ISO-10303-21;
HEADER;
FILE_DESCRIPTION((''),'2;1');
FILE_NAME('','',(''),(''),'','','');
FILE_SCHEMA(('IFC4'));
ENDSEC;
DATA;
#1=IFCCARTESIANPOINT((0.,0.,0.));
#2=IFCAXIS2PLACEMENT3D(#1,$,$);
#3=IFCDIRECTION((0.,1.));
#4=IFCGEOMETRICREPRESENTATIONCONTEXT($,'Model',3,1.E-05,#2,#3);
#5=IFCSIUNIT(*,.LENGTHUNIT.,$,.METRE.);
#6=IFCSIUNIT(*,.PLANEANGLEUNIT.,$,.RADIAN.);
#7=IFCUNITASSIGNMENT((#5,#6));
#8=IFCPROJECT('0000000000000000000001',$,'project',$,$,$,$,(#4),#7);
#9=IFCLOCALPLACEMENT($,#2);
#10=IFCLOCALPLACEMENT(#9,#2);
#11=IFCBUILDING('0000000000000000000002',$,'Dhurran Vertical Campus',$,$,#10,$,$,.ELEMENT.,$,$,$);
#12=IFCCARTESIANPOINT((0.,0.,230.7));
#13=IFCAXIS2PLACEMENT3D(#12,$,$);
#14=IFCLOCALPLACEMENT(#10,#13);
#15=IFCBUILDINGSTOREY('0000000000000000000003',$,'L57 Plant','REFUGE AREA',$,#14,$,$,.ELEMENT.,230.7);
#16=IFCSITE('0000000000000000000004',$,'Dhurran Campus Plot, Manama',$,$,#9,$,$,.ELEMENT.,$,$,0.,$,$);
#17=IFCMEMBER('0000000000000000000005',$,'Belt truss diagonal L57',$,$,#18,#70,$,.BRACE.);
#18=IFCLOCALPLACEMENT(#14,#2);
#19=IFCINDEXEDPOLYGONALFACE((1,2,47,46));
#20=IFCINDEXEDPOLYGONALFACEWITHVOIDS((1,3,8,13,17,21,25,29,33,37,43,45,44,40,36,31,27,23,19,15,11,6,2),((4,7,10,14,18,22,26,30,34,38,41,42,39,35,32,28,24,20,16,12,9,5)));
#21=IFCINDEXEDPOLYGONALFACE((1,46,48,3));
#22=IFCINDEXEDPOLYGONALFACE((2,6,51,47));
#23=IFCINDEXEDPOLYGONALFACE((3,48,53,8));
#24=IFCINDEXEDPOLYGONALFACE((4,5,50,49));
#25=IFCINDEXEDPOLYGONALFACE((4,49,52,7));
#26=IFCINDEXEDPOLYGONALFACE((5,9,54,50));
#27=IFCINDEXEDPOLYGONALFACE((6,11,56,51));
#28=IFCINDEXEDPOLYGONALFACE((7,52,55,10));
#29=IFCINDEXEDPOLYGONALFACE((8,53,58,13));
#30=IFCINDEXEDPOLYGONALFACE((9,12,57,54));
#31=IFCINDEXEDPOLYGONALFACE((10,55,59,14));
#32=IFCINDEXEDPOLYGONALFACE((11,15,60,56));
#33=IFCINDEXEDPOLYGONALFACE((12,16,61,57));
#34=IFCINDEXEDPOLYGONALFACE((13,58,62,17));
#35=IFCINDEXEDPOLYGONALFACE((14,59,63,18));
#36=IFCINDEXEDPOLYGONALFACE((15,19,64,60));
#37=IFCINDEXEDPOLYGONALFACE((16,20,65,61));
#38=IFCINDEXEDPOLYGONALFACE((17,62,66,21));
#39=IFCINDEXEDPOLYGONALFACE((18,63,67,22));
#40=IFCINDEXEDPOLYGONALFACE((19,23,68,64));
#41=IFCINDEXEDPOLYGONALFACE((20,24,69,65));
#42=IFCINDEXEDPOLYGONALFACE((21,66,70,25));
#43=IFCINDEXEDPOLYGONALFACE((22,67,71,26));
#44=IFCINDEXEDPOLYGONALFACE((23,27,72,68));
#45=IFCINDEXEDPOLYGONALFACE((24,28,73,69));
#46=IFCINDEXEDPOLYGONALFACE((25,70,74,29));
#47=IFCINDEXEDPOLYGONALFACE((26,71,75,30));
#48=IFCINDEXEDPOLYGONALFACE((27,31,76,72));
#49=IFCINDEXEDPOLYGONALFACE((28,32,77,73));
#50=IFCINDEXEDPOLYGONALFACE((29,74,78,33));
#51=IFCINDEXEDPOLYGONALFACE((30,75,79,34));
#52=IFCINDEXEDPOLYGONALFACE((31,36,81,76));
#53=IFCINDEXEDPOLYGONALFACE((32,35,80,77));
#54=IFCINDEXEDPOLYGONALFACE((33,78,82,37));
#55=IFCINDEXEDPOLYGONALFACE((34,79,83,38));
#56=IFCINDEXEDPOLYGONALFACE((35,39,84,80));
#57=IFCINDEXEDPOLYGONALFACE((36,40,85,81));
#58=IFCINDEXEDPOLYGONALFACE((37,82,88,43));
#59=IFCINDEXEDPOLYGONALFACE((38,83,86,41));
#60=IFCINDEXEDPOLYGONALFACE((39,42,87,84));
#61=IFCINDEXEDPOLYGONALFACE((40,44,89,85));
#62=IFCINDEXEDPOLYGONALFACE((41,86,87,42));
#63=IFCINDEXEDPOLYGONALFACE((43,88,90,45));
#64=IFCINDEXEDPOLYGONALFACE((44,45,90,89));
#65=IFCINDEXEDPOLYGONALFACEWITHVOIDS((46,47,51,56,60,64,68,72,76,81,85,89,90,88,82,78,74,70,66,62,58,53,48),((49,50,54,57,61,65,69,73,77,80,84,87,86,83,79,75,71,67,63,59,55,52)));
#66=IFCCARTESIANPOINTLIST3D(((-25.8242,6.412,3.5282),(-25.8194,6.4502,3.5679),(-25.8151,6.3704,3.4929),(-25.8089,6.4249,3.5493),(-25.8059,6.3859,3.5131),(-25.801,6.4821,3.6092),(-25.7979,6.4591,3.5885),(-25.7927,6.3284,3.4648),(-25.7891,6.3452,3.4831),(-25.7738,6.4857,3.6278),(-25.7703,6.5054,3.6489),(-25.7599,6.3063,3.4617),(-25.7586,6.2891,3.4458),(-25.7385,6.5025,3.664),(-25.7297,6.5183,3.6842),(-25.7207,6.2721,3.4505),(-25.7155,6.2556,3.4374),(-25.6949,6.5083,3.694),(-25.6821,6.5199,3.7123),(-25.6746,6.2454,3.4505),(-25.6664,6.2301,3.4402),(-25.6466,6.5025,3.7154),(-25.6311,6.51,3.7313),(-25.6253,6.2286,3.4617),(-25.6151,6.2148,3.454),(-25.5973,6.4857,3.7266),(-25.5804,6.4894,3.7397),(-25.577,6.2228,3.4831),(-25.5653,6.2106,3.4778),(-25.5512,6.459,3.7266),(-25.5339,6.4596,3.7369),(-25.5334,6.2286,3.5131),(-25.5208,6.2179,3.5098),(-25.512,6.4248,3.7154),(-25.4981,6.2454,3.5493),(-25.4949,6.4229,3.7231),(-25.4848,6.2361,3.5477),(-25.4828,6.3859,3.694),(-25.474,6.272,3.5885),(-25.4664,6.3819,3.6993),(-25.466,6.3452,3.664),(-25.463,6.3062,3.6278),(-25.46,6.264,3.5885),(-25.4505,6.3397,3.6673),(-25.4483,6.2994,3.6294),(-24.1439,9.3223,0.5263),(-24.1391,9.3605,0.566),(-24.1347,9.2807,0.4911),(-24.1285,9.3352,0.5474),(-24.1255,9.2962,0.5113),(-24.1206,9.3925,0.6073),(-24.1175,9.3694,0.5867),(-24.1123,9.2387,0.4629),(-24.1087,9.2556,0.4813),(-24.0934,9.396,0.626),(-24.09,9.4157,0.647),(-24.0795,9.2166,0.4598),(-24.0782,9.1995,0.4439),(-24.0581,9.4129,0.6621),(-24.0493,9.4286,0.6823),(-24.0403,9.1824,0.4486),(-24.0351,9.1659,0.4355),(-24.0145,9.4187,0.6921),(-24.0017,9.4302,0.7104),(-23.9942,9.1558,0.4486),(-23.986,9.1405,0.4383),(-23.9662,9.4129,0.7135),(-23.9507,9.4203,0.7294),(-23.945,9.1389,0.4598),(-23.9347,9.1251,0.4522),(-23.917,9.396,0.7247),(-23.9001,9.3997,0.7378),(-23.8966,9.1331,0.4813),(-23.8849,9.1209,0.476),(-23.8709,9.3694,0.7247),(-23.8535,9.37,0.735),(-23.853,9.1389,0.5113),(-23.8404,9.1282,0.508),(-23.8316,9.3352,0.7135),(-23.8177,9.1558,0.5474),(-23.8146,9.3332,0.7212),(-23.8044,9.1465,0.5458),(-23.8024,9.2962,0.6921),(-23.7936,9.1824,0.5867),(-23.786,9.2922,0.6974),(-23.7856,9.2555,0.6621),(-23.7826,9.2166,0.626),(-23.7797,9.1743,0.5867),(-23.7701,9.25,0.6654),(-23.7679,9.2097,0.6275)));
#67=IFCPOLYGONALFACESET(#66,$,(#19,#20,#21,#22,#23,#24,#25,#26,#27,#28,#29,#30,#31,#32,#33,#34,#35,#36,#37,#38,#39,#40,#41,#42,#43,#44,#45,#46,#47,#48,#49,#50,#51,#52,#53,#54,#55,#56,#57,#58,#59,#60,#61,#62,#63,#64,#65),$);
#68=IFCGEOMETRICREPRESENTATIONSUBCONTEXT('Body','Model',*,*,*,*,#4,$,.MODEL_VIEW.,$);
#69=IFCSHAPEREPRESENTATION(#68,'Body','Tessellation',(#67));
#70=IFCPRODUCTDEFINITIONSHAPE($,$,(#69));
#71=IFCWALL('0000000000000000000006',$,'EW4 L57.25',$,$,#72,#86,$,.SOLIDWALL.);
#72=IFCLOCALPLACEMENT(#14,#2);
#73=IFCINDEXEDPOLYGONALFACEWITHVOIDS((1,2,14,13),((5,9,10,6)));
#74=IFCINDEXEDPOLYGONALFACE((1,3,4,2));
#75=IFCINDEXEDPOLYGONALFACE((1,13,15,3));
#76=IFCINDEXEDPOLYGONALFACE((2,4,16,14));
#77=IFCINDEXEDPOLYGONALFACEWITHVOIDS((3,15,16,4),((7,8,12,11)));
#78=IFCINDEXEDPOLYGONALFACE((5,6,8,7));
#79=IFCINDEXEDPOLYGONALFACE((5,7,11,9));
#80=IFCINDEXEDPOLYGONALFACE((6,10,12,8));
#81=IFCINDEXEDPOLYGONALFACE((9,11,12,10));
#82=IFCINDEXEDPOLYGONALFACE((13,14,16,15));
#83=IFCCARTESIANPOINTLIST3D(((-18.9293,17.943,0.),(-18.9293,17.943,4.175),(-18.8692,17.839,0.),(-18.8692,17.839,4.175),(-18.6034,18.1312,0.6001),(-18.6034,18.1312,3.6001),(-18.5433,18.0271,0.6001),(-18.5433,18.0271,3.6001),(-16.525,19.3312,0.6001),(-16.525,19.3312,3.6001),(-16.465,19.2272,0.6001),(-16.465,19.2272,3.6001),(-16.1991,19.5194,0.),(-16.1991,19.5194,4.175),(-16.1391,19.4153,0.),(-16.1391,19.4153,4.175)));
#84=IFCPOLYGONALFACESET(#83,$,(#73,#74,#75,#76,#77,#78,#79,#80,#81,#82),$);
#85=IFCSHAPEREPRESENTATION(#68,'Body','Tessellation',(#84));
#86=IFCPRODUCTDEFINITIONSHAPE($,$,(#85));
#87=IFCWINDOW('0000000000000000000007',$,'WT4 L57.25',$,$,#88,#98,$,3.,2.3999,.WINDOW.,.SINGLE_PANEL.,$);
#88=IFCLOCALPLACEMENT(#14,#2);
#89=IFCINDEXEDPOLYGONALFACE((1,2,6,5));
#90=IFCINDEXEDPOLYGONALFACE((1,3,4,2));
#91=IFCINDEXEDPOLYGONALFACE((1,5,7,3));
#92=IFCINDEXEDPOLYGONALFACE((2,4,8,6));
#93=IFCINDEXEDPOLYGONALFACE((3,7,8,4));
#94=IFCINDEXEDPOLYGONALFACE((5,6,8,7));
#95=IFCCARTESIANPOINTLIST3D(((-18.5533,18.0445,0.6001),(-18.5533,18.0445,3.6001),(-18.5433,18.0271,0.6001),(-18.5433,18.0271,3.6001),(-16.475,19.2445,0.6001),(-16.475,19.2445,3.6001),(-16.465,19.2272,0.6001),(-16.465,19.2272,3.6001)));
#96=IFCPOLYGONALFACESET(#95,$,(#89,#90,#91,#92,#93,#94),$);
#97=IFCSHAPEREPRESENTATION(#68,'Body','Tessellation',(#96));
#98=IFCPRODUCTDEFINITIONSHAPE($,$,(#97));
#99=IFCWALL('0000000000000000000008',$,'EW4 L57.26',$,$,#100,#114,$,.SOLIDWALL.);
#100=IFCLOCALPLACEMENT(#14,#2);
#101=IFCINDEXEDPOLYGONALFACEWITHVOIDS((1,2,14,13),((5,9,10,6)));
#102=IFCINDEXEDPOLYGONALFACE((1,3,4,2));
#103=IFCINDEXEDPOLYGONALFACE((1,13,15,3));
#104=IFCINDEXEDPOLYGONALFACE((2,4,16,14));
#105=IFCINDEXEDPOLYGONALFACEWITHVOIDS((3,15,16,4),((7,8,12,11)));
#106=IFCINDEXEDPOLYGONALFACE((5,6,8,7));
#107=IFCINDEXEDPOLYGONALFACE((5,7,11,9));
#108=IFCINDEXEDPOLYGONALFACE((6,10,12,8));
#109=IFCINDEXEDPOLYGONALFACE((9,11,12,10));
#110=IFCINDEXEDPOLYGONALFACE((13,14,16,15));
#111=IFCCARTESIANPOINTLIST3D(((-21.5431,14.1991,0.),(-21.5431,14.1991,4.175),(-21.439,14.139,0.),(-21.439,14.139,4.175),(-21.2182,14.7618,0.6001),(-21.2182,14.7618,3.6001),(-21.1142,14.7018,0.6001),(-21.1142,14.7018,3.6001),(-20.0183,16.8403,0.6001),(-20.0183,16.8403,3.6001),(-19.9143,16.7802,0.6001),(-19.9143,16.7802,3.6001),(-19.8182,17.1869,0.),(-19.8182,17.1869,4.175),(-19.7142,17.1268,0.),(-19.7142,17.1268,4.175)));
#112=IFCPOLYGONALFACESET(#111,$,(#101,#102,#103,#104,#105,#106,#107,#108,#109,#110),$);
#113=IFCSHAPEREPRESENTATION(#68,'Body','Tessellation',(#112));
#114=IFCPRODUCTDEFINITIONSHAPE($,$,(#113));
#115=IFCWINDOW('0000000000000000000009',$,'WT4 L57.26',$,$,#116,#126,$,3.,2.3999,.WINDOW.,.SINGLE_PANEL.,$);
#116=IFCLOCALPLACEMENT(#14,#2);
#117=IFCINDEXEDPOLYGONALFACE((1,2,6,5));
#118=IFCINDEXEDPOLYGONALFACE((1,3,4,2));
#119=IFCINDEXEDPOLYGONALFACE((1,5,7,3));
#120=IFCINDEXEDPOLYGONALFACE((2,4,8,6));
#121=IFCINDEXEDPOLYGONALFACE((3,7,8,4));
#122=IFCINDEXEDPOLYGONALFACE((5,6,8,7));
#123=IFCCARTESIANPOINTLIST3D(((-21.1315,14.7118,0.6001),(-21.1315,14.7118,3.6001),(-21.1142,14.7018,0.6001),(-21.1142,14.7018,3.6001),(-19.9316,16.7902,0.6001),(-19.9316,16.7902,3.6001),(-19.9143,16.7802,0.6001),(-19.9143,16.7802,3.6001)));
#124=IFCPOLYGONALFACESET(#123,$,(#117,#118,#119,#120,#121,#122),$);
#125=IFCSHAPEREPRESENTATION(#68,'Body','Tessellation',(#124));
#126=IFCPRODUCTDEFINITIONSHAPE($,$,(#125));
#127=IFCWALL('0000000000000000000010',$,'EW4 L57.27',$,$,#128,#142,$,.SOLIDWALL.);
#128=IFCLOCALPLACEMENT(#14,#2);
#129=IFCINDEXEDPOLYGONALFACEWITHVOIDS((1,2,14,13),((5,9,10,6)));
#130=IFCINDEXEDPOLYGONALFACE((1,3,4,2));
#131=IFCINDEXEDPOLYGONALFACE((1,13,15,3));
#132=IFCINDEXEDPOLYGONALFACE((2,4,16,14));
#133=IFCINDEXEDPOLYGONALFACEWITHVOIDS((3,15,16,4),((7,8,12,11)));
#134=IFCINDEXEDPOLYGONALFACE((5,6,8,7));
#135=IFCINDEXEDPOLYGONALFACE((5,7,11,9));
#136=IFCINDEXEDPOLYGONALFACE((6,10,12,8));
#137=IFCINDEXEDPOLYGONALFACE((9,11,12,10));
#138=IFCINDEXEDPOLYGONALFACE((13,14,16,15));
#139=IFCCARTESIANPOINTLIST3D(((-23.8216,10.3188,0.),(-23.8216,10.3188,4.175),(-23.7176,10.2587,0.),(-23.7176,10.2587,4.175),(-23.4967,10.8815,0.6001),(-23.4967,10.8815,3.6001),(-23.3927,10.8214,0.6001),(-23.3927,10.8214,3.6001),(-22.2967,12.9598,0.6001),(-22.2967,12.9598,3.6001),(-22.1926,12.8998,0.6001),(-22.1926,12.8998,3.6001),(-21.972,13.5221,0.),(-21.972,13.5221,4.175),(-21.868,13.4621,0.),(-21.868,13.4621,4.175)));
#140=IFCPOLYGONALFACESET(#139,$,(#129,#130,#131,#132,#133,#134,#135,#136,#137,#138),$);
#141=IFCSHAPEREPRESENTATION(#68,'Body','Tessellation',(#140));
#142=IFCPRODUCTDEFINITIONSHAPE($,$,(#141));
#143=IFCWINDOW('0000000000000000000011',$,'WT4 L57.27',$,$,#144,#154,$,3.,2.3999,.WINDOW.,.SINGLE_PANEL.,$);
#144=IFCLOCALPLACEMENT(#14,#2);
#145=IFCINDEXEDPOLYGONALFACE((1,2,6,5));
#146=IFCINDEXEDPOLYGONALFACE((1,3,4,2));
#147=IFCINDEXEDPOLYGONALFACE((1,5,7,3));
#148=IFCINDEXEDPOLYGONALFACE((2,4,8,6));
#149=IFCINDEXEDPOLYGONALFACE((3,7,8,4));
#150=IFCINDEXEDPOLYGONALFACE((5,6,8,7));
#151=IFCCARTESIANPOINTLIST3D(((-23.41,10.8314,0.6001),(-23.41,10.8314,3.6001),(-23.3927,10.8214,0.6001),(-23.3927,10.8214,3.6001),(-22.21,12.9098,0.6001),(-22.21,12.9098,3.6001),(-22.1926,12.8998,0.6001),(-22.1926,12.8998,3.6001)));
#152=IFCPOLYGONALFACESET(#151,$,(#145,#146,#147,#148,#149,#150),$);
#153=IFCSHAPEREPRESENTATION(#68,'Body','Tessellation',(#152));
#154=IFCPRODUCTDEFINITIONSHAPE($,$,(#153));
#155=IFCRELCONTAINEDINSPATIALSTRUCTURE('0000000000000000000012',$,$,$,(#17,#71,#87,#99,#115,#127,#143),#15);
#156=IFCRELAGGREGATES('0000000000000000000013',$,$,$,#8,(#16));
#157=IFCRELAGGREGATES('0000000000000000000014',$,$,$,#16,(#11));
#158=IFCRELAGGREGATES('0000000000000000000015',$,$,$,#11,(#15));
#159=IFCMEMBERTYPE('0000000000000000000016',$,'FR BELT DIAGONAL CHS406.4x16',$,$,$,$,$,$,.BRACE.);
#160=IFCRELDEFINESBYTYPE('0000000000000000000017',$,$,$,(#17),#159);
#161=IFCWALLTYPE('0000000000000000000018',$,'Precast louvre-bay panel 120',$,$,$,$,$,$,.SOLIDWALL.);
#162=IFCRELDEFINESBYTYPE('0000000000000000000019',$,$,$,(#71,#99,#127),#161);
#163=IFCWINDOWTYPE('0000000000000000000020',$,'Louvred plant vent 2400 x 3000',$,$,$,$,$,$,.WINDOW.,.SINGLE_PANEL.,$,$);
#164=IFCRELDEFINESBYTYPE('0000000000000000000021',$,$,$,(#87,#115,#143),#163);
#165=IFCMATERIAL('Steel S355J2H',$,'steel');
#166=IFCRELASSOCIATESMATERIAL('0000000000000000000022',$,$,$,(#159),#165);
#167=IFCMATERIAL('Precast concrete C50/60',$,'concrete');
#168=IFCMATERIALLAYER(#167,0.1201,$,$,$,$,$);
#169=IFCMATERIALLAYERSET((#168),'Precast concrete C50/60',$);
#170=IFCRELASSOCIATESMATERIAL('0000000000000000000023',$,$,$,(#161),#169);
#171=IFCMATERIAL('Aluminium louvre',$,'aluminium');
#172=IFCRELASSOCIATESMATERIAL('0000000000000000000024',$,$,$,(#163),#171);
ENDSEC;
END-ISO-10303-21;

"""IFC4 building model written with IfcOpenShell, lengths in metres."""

from ifc_helpers import new_model, si_unit, direction, frame, frame_2d, origin, origin_2d, place, context, subcontext, project, spatial, rectangle, hollow_circle, extrude, material, layer, layer_set, material_profile, profile_set, type_object, element, fill, save


model = new_model("IFC4")

# Units and contexts
model_context = context("Model", 3, precision=1e-05, world=origin(), true_north=direction((0.0, 1.0)))
body_context = subcontext(model_context, "Body", "Model", "MODEL_VIEW")
ifc_project = project(units=[si_unit("LENGTHUNIT", "METRE"), si_unit("PLANEANGLEUNIT", "RADIAN")], contexts=[model_context])

# Site, building, storey
site_placement = place(None, origin())
site = spatial("IfcSite", under=ifc_project, at=site_placement, Name="Dhurran Campus Plot, Manama", CompositionType="ELEMENT", RefElevation=0.0)
building_placement = place(site_placement, origin())
building = spatial("IfcBuilding", under=site, at=building_placement, Name="Dhurran Vertical Campus", CompositionType="ELEMENT")
storey_placement = place(building_placement, frame((0.0, 0.0, 230.7)))
storey = spatial("IfcBuildingStorey", under=building, at=storey_placement, Name="L57 Plant", Description="REFUGE AREA", CompositionType="ELEMENT", Elevation=230.7)

# Member
ifc_material_1 = material(Name="Steel S355J2H", Category="steel")
ifc_material_profile_1 = material_profile(ifc_material_1, hollow_circle(Radius=0.2031, WallThickness=0.0161, at=origin_2d()), Name="CHS406.4x16")
ifc_profile_set_1 = profile_set([ifc_material_profile_1], Name="Steel S355J2H")
member_type = type_object("IfcMemberType", Name="FR BELT DIAGONAL CHS406.4x16", PredefinedType="BRACE", material=ifc_profile_set_1)
member_1_placement = place(storey_placement, frame((-23.9556, 9.2759, 0.5867), z_axis=(-0.372912, -0.645864, 0.666181), x_axis=(0.866013, -0.500022, 0.0)))
element("IfcMember", 1, at=member_1_placement, inside=storey, type_object=member_type, Name="Belt truss diagonal L57", PredefinedType="BRACE", context=body_context, shape_type="SweptSolid", body=[
    extrude(hollow_circle(Radius=0.2031, WallThickness=0.0161, at=origin_2d()), origin(), (0.0, 0.0, 1.0), 4.5061),
])

# Walls, openings, windows
ifc_material_2 = material(Name="Precast concrete C50/60", Category="concrete")
ifc_layer_1 = layer(ifc_material_2, 0.1201)
ifc_layer_set_1 = layer_set([ifc_layer_1], Name="Precast concrete C50/60")
wall_type_1 = type_object("IfcWallType", Name="Precast louvre-bay panel 120", PredefinedType="SOLIDWALL", material=ifc_layer_set_1)
wall_1_placement = place(storey_placement, frame((-16.1692, 19.4673, 0.0), z_axis=(0.0, 0.0, 1.0), x_axis=(-0.866009, -0.500029, 0.0)))
wall_1 = element("IfcWall", 2, at=wall_1_placement, inside=storey, type_object=wall_type_1, Name="EW4 L57.25", PredefinedType="SOLIDWALL", context=body_context, shape_type="SweptSolid", body=[
    extrude(rectangle(XDim=3.1526, YDim=0.1201, at=frame_2d((1.5762, 0.0))), origin(), (0.0, 0.0, 1.0), 4.175),
])
opening_1_placement = place(wall_1_placement, frame((0.3762, 0.0, 0.6001)))
opening_1 = element("IfcOpeningElement", 3, at=opening_1_placement, cuts=wall_1, PredefinedType="OPENING", context=body_context, shape_type="SweptSolid", body=[
    extrude(rectangle(XDim=2.3999, YDim=3.0, at=frame_2d((1.2, 1.5))), frame((0.0, 0.0701, 0.0), z_axis=(0.0, -1.0, 0.0), x_axis=(1.0, 0.0, 0.0)), (0.0, 0.0, 1.0), 0.1401),
])
ifc_material_3 = material(Name="Aluminium louvre", Category="aluminium")
window_type = type_object("IfcWindowType", Name="Louvred plant vent 2400 x 3000", PartitioningType="SINGLE_PANEL", PredefinedType="WINDOW", material=ifc_material_3)
window_1_placement = place(opening_1_placement, origin())
window_1 = element("IfcWindow", 4, at=window_1_placement, inside=storey, type_object=window_type, Name="WT4 L57.25", OverallHeight=3.0, OverallWidth=2.3999, PartitioningType="SINGLE_PANEL", PredefinedType="WINDOW", context=body_context, shape_type="SweptSolid", body=[
    extrude(rectangle(XDim=2.3999, YDim=3.0, at=frame_2d((1.2, 1.5))), frame((0.0, 0.0601, 0.0), z_axis=(0.0, -1.0, 0.0), x_axis=(1.0, 0.0, 0.0)), (0.0, 0.0, 1.0), 0.02),
])
fill(opening_1, window_1)
wall_2_placement = place(storey_placement, frame((-19.7661, 17.157, 0.0), z_axis=(0.0, 0.0, 1.0), x_axis=(-0.499967, -0.866044, 0.0)))
wall_2 = element("IfcWall", 5, at=wall_2_placement, inside=storey, type_object=wall_type_1, Name="EW4 L57.26", PredefinedType="SOLIDWALL", context=body_context, shape_type="SweptSolid", body=[
    extrude(rectangle(XDim=3.45, YDim=0.1201, at=frame_2d((1.7251, 0.0))), origin(), (0.0, 0.0, 1.0), 4.175),
])
opening_2_placement = place(wall_2_placement, frame((0.4004, 0.0, 0.6001)))
opening_2 = element("IfcOpeningElement", 6, at=opening_2_placement, cuts=wall_2, PredefinedType="OPENING", context=body_context, shape_type="SweptSolid", body=[
    extrude(rectangle(XDim=2.3999, YDim=3.0, at=frame_2d((1.2, 1.5))), frame((0.0, 0.0701, 0.0), z_axis=(0.0, -1.0, 0.0), x_axis=(1.0, 0.0, 0.0)), (0.0, 0.0, 1.0), 0.1401),
])
window_2_placement = place(opening_2_placement, origin())
window_2 = element("IfcWindow", 7, at=window_2_placement, inside=storey, type_object=window_type, Name="WT4 L57.26", OverallHeight=3.0, OverallWidth=2.3999, PartitioningType="SINGLE_PANEL", PredefinedType="WINDOW", context=body_context, shape_type="SweptSolid", body=[
    extrude(rectangle(XDim=2.3999, YDim=3.0, at=frame_2d((1.2, 1.5))), frame((0.0, 0.0601, 0.0), z_axis=(0.0, -1.0, 0.0), x_axis=(1.0, 0.0, 0.0)), (0.0, 0.0, 1.0), 0.02),
])
fill(opening_2, window_2)
wall_3_placement = place(storey_placement, frame((-21.9199, 13.4922, 0.0), z_axis=(0.0, 0.0, 1.0), x_axis=(-0.500029, -0.866009, 0.0)))
wall_3 = element("IfcWall", 8, at=wall_3_placement, inside=storey, type_object=wall_type_1, Name="EW4 L57.27", PredefinedType="SOLIDWALL", context=body_context, shape_type="SweptSolid", body=[
    extrude(rectangle(XDim=3.699, YDim=0.1201, at=frame_2d((1.8496, 0.0))), origin(), (0.0, 0.0, 1.0), 4.175),
])
opening_3_placement = place(wall_3_placement, frame((0.6494, 0.0, 0.6001)))
opening_3 = element("IfcOpeningElement", 9, at=opening_3_placement, cuts=wall_3, PredefinedType="OPENING", context=body_context, shape_type="SweptSolid", body=[
    extrude(rectangle(XDim=2.3999, YDim=3.0, at=frame_2d((1.2, 1.5))), frame((0.0, 0.0701, 0.0), z_axis=(0.0, -1.0, 0.0), x_axis=(1.0, 0.0, 0.0)), (0.0, 0.0, 1.0), 0.1401),
])
window_3_placement = place(opening_3_placement, origin())
window_3 = element("IfcWindow", 10, at=window_3_placement, inside=storey, type_object=window_type, Name="WT4 L57.27", OverallHeight=3.0, OverallWidth=2.3999, PartitioningType="SINGLE_PANEL", PredefinedType="WINDOW", context=body_context, shape_type="SweptSolid", body=[
    extrude(rectangle(XDim=2.3999, YDim=3.0, at=frame_2d((1.2, 1.5))), frame((0.0, 0.0601, 0.0), z_axis=(0.0, -1.0, 0.0), x_axis=(1.0, 0.0, 0.0)), (0.0, 0.0, 1.0), 0.02),
])
fill(opening_3, window_3)

save(model, "model.ifc")
